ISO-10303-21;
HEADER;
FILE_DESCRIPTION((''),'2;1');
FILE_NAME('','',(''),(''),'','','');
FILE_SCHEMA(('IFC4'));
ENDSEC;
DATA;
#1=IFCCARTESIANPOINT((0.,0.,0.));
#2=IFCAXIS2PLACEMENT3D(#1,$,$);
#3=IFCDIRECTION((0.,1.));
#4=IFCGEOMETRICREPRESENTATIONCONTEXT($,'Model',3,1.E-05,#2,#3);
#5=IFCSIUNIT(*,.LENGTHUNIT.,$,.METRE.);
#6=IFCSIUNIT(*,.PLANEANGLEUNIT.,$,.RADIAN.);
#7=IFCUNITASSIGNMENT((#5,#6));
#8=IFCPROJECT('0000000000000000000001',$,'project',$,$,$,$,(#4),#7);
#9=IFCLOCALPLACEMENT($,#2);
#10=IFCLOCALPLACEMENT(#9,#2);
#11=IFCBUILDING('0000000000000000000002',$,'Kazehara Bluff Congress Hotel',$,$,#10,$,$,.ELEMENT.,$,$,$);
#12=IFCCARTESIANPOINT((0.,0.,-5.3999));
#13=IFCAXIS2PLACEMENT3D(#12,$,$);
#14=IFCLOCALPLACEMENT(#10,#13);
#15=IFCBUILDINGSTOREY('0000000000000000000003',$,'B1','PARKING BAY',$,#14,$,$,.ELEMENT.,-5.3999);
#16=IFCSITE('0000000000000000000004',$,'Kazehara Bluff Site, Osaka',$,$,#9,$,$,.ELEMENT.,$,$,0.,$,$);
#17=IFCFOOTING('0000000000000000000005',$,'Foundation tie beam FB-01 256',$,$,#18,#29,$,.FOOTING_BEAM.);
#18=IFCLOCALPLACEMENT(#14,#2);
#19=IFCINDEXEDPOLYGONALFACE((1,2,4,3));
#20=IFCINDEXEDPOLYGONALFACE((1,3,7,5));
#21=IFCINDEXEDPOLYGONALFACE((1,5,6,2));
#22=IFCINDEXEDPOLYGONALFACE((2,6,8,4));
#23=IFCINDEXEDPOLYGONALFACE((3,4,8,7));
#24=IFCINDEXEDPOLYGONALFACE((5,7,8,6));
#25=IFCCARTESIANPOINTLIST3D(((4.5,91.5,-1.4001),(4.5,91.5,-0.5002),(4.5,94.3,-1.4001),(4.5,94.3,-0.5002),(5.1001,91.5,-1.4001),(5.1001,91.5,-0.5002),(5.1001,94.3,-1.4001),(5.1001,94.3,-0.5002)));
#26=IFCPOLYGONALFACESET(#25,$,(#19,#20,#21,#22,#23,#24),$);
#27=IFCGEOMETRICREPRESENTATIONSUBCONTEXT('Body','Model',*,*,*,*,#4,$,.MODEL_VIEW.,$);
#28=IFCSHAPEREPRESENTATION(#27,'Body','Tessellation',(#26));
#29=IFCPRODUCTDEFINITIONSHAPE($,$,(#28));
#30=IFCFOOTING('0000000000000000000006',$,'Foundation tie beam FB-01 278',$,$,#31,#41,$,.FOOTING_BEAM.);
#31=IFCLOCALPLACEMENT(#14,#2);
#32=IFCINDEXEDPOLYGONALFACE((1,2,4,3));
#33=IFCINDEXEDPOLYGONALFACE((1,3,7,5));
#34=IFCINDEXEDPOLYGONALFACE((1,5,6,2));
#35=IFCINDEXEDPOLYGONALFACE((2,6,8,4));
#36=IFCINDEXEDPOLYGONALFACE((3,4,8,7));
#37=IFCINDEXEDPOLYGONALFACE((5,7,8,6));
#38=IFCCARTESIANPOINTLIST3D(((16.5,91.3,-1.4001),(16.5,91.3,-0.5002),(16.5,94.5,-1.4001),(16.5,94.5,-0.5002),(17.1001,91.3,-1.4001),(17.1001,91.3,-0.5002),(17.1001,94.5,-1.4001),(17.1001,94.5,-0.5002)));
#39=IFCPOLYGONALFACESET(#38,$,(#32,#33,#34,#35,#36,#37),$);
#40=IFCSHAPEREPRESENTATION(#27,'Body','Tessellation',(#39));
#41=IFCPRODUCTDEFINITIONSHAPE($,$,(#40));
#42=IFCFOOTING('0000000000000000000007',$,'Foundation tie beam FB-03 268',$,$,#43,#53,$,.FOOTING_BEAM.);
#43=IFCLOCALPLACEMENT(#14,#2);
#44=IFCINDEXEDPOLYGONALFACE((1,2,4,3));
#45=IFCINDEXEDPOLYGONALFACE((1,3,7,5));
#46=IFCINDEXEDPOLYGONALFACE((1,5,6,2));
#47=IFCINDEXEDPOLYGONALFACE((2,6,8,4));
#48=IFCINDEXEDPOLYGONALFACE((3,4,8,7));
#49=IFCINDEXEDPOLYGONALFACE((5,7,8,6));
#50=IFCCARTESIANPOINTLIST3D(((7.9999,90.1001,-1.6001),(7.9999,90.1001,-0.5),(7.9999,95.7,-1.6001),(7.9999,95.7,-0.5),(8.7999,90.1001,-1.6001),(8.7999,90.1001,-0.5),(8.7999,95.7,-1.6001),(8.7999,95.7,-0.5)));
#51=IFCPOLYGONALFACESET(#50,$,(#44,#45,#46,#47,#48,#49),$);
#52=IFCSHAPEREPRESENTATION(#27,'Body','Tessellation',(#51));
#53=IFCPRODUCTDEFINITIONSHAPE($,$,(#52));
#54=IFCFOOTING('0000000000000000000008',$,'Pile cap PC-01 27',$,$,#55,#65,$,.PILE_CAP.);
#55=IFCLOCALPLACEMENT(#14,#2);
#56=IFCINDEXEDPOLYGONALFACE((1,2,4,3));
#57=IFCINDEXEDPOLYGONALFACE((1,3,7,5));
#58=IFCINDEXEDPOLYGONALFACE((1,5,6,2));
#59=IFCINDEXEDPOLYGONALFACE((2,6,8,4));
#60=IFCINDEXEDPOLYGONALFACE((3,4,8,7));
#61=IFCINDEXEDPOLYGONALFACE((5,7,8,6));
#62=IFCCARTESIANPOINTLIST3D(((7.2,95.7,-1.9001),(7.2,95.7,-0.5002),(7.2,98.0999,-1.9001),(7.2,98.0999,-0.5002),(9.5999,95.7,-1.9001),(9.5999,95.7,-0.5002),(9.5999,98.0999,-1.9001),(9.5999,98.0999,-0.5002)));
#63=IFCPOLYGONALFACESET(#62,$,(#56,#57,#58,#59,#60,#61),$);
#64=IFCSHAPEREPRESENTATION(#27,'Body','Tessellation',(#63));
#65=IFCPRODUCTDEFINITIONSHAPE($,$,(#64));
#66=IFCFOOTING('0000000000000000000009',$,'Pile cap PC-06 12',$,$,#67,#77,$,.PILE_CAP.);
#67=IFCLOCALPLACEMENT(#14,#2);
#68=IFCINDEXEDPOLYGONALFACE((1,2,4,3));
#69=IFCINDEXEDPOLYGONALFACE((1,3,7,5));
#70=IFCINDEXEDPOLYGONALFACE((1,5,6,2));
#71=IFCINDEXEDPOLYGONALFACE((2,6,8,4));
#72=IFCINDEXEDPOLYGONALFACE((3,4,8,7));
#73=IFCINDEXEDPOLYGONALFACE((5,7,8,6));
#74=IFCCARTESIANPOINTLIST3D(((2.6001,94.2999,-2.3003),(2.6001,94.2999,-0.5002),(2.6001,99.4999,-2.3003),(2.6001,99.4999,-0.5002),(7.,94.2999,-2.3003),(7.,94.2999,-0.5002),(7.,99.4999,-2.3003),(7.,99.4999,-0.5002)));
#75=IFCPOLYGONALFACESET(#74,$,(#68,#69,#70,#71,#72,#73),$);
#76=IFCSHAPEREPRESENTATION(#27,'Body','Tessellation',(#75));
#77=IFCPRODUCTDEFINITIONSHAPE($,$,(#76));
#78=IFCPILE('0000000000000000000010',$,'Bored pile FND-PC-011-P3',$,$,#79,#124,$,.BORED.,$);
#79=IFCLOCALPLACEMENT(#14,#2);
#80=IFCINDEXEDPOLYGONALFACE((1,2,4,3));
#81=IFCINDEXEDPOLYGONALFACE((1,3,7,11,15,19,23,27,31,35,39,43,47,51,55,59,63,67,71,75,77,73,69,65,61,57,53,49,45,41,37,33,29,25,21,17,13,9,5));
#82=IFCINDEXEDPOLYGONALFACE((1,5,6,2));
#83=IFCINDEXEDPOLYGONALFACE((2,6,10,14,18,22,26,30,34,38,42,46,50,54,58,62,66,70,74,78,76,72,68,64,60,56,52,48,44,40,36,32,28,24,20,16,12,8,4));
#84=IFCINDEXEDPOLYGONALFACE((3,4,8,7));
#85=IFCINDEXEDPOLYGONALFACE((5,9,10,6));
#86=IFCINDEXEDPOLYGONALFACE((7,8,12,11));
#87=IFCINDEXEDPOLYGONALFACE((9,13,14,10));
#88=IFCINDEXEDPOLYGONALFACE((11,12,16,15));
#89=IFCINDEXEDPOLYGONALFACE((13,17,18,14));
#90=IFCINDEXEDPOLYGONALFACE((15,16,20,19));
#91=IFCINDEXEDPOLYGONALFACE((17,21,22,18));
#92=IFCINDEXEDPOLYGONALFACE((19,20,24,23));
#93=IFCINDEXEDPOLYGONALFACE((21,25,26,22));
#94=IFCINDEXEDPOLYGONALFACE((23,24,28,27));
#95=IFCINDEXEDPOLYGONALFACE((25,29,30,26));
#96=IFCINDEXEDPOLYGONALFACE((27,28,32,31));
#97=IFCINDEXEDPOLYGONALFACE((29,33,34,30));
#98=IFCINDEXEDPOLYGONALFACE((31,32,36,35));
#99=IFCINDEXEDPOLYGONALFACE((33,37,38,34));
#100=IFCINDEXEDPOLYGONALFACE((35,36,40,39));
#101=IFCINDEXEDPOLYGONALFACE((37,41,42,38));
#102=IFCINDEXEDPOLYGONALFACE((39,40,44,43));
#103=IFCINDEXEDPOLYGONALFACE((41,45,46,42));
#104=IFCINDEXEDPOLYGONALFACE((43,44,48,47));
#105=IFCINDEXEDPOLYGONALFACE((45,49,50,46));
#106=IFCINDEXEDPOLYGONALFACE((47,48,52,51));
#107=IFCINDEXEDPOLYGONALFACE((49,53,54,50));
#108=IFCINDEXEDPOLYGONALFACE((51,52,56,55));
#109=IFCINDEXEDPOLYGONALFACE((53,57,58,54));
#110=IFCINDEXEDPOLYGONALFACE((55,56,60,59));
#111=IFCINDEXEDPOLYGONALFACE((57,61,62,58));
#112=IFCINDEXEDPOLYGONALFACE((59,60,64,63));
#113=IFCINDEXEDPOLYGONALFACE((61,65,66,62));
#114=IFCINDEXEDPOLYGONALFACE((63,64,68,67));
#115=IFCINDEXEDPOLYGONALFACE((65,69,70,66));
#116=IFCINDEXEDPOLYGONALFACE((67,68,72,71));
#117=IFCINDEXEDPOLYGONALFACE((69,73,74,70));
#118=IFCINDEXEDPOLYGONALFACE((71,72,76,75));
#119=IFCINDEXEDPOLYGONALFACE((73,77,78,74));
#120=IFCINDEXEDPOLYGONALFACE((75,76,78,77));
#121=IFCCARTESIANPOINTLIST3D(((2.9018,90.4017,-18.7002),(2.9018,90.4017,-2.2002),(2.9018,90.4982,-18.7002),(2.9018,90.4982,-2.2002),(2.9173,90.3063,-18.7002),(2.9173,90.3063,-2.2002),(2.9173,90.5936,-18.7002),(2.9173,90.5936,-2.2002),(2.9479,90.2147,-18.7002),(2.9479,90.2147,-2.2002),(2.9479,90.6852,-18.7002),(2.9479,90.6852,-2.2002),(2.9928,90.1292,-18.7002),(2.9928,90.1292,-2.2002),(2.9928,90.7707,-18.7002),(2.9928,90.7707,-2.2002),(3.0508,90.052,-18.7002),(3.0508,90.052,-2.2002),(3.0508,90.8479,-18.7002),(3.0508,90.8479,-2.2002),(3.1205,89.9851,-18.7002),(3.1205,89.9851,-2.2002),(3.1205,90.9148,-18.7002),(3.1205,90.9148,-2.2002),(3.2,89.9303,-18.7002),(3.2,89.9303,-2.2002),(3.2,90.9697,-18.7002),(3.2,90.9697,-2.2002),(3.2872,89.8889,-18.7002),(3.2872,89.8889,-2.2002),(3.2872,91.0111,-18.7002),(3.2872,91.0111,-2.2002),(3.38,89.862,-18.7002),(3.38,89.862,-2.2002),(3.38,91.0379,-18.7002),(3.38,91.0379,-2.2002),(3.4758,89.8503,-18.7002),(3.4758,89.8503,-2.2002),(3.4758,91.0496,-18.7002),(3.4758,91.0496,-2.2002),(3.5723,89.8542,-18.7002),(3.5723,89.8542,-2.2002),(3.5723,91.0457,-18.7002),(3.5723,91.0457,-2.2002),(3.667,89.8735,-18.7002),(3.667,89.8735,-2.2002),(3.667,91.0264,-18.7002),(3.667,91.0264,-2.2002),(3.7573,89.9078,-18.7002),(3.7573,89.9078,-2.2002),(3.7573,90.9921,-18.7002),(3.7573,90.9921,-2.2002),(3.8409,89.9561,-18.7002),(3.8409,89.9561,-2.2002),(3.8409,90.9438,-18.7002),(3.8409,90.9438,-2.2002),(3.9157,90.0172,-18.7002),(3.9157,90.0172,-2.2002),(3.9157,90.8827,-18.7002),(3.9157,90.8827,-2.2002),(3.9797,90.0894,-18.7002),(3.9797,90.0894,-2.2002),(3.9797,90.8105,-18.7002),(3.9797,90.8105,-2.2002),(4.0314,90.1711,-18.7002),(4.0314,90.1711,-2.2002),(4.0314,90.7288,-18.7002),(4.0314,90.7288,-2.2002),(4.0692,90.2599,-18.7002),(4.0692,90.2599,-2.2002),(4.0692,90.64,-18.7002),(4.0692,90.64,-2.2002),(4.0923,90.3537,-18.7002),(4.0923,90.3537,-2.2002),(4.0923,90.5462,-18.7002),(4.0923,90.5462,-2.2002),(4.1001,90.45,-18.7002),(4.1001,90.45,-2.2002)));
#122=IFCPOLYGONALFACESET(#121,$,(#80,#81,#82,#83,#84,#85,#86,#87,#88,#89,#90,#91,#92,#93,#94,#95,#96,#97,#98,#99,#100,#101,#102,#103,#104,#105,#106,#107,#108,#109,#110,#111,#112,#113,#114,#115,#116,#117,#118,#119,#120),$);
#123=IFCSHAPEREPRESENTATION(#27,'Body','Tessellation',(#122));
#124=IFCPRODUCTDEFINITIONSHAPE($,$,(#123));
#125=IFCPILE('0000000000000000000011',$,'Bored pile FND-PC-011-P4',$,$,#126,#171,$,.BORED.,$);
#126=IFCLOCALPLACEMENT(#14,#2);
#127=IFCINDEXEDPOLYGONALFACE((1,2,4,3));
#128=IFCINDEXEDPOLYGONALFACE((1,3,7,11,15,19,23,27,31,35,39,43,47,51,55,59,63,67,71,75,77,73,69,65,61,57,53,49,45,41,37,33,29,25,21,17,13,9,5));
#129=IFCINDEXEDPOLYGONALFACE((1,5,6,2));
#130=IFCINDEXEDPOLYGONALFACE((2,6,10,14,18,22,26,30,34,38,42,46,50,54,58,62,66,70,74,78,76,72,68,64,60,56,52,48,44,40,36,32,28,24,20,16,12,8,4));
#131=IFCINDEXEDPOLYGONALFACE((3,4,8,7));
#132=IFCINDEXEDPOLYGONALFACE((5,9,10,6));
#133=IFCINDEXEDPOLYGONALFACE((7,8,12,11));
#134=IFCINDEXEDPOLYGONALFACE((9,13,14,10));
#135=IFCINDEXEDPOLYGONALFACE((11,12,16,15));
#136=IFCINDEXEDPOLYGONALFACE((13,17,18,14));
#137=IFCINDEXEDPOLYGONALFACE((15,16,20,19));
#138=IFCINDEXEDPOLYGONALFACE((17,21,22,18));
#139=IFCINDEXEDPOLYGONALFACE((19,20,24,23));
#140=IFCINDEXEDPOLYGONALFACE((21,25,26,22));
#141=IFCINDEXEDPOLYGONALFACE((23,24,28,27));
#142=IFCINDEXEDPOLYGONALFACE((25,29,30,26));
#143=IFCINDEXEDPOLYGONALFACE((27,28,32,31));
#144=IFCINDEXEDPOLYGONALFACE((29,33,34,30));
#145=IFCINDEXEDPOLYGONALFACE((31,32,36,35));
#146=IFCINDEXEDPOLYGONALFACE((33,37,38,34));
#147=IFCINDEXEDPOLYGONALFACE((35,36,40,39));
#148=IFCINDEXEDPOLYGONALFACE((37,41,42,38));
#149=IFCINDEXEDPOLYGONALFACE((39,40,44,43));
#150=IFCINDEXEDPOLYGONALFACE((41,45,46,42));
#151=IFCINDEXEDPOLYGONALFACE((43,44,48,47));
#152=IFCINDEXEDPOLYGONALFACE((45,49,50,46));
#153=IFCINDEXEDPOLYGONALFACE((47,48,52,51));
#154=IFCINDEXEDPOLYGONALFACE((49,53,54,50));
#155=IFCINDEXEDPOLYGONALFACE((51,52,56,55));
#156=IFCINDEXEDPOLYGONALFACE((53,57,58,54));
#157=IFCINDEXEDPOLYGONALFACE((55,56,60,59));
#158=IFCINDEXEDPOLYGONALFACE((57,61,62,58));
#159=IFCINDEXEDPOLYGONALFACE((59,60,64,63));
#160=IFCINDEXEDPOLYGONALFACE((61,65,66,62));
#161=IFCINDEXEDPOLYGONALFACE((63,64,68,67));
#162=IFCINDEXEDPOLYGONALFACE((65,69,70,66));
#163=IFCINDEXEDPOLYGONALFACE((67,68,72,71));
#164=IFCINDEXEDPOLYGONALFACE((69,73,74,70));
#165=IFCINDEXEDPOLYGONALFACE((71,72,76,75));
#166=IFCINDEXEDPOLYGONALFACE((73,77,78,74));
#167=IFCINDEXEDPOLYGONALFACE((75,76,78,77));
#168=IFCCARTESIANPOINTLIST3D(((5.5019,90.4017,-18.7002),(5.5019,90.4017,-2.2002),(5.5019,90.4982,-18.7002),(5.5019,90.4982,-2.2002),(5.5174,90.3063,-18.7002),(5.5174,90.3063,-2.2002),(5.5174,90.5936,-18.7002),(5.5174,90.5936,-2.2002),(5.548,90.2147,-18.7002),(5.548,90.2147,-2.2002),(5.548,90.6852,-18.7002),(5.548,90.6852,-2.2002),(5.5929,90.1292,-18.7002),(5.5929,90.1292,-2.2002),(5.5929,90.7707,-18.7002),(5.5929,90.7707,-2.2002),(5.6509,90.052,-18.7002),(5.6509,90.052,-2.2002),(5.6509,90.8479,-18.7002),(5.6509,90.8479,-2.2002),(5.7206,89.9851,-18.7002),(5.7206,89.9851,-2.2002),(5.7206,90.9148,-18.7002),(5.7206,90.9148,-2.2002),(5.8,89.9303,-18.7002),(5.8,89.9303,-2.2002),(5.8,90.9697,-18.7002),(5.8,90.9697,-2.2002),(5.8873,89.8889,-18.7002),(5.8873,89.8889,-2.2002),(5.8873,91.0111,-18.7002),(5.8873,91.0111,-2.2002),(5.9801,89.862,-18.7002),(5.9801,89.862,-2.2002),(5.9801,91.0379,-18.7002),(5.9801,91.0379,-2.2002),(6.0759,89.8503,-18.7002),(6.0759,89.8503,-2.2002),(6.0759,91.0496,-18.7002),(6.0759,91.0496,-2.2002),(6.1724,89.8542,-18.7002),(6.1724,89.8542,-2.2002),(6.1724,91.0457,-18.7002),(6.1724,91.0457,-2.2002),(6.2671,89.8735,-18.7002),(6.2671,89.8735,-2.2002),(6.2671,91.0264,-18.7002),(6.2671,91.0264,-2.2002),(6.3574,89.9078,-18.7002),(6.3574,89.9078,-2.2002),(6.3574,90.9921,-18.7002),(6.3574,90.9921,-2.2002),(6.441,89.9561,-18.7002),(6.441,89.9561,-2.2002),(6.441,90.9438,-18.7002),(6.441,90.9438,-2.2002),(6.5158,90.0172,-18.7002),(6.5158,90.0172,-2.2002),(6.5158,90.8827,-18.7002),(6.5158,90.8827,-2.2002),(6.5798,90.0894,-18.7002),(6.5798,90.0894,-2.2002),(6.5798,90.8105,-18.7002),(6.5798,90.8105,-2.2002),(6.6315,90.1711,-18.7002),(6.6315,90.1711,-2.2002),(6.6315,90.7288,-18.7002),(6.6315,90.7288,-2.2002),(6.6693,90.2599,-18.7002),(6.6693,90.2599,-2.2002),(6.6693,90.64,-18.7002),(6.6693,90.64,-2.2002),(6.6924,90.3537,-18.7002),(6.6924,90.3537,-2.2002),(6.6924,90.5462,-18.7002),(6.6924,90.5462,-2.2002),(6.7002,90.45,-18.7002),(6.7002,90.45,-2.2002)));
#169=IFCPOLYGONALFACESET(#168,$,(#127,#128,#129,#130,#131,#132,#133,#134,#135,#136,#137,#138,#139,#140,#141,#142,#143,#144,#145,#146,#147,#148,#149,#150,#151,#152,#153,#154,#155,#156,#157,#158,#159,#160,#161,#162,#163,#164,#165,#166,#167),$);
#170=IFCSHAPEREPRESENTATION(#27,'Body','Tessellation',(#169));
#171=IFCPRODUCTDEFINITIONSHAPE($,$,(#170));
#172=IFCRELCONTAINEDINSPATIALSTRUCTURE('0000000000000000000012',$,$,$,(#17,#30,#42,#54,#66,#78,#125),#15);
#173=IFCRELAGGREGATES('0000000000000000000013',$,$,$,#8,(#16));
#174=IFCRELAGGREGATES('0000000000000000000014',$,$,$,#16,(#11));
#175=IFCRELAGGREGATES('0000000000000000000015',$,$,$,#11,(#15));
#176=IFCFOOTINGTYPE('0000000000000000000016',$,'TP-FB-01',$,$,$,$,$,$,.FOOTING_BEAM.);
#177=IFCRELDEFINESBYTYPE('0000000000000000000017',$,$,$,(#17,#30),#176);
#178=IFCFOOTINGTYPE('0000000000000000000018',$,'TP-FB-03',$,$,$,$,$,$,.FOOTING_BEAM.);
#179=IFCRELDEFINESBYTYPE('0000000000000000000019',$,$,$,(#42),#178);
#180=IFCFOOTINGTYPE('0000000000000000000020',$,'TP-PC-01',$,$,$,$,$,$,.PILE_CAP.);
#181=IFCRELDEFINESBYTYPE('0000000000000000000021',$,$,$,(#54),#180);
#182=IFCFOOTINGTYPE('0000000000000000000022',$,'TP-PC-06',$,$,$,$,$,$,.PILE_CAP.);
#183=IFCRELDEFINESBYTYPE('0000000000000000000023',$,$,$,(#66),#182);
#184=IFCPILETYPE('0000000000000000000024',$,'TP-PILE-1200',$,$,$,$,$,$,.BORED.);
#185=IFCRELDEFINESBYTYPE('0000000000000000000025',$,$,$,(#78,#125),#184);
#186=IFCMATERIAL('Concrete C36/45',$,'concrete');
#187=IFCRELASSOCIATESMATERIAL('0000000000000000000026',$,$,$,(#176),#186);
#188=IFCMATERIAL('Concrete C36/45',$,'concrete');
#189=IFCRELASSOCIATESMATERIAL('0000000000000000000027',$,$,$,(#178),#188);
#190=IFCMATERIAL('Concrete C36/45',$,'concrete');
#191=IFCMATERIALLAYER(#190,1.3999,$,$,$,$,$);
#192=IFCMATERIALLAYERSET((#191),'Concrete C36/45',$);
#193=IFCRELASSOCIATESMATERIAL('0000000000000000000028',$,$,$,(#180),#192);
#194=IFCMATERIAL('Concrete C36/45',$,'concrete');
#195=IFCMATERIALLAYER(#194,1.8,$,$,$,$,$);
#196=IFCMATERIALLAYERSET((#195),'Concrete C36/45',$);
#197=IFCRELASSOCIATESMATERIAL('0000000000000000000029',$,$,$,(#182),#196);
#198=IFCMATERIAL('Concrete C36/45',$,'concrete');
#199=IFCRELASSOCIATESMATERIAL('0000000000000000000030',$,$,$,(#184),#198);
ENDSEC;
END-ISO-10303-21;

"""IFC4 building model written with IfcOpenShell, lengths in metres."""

from ifc_helpers import new_model, si_unit, direction, frame, origin, origin_2d, place, context, subcontext, project, spatial, rectangle, circle, extrude, material, layer, layer_set, material_profile, profile_set, type_object, element, save


model = new_model("IFC4")

# Units and contexts
model_context = context("Model", 3, precision=1e-05, world=origin(), true_north=direction((0.0, 1.0)))
body_context = subcontext(model_context, "Body", "Model", "MODEL_VIEW")
ifc_project = project(units=[si_unit("LENGTHUNIT", "METRE"), si_unit("PLANEANGLEUNIT", "RADIAN")], contexts=[model_context])

# Site, building, storey
site_placement = place(None, origin())
site = spatial("IfcSite", under=ifc_project, at=site_placement, Name="Kazehara Bluff Site, Osaka", CompositionType="ELEMENT", RefElevation=0.0)
building_placement = place(site_placement, origin())
building = spatial("IfcBuilding", under=site, at=building_placement, Name="Kazehara Bluff Congress Hotel", CompositionType="ELEMENT")
storey_placement = place(building_placement, frame((0.0, 0.0, -5.3999)))
storey = spatial("IfcBuildingStorey", under=building, at=storey_placement, Name="B1", Description="PARKING BAY", CompositionType="ELEMENT", Elevation=-5.3999)

# Footings
ifc_material_1 = material(Name="Concrete C36/45", Category="concrete")
ifc_material_profile_1 = material_profile(ifc_material_1, rectangle(XDim=0.6001, YDim=0.8999, at=origin_2d()))
ifc_profile_set_1 = profile_set([ifc_material_profile_1], Name="Concrete C36/45")
footing_type_1 = type_object("IfcFootingType", Name="TP-FB-01", PredefinedType="FOOTING_BEAM", material=ifc_profile_set_1)
footing_1_placement = place(storey_placement, frame((4.8, 91.5, -0.9502), z_axis=(0.0, 1.0, 0.0), x_axis=(-1.0, 0.0, 0.0)))
element("IfcFooting", 1, at=footing_1_placement, inside=storey, type_object=footing_type_1, Name="Foundation tie beam FB-01 256", PredefinedType="FOOTING_BEAM", context=body_context, shape_type="SweptSolid", body=[
    extrude(rectangle(XDim=0.6001, YDim=0.8999, at=origin_2d()), origin(), (0.0, 0.0, 1.0), 2.8),
])
footing_2_placement = place(storey_placement, frame((16.8, 91.3, -0.9502), z_axis=(0.0, 1.0, 0.0), x_axis=(-1.0, 0.0, 0.0)))
element("IfcFooting", 2, at=footing_2_placement, inside=storey, type_object=footing_type_1, Name="Foundation tie beam FB-01 278", PredefinedType="FOOTING_BEAM", context=body_context, shape_type="SweptSolid", body=[
    extrude(rectangle(XDim=0.6001, YDim=0.8999, at=origin_2d()), origin(), (0.0, 0.0, 1.0), 3.2),
])
ifc_material_2 = material(Name="Concrete C36/45", Category="concrete")
ifc_material_profile_2 = material_profile(ifc_material_2, rectangle(XDim=0.8, YDim=1.1001, at=origin_2d()))
ifc_profile_set_2 = profile_set([ifc_material_profile_2], Name="Concrete C36/45")
footing_type_2 = type_object("IfcFootingType", Name="TP-FB-03", PredefinedType="FOOTING_BEAM", material=ifc_profile_set_2)
footing_3_placement = place(storey_placement, frame((8.3999, 90.1001, -1.05), z_axis=(0.0, 1.0, 0.0), x_axis=(-1.0, 0.0, 0.0)))
element("IfcFooting", 3, at=footing_3_placement, inside=storey, type_object=footing_type_2, Name="Foundation tie beam FB-03 268", PredefinedType="FOOTING_BEAM", context=body_context, shape_type="SweptSolid", body=[
    extrude(rectangle(XDim=0.8, YDim=1.1001, at=origin_2d()), origin(), (0.0, 0.0, 1.0), 5.5999),
])
ifc_material_3 = material(Name="Concrete C36/45", Category="concrete")
ifc_layer_1 = layer(ifc_material_3, 1.3999)
ifc_layer_set_1 = layer_set([ifc_layer_1], Name="Concrete C36/45")
footing_type_3 = type_object("IfcFootingType", Name="TP-PC-01", PredefinedType="PILE_CAP", material=ifc_layer_set_1)
footing_4_placement = place(storey_placement, frame((8.3999, 96.8999, -1.9001), z_axis=(0.0, 0.0, 1.0), x_axis=(1.0, 0.0, 0.0)))
element("IfcFooting", 4, at=footing_4_placement, inside=storey, type_object=footing_type_3, Name="Pile cap PC-01 27", PredefinedType="PILE_CAP", context=body_context, shape_type="SweptSolid", body=[
    extrude(rectangle(XDim=2.3999, YDim=2.3999, at=origin_2d()), origin(), (0.0, 0.0, 1.0), 1.3999),
])
ifc_material_4 = material(Name="Concrete C36/45", Category="concrete")
ifc_layer_2 = layer(ifc_material_4, 1.8)
ifc_layer_set_2 = layer_set([ifc_layer_2], Name="Concrete C36/45")
footing_type_4 = type_object("IfcFootingType", Name="TP-PC-06", PredefinedType="PILE_CAP", material=ifc_layer_set_2)
footing_5_placement = place(storey_placement, frame((4.8, 96.8999, -2.3003), z_axis=(0.0, 0.0, 1.0), x_axis=(1.0, 0.0, 0.0)))
element("IfcFooting", 5, at=footing_5_placement, inside=storey, type_object=footing_type_4, Name="Pile cap PC-06 12", PredefinedType="PILE_CAP", context=body_context, shape_type="SweptSolid", body=[
    extrude(rectangle(XDim=4.3999, YDim=5.2, at=origin_2d()), origin(), (0.0, 0.0, 1.0), 1.8),
])

# Piles
ifc_material_5 = material(Name="Concrete C36/45", Category="concrete")
ifc_material_profile_3 = material_profile(ifc_material_5, circle(Radius=0.6001, at=origin_2d()))
ifc_profile_set_3 = profile_set([ifc_material_profile_3], Name="Concrete C36/45")
pile_type = type_object("IfcPileType", Name="TP-PILE-1200", PredefinedType="BORED", material=ifc_profile_set_3)
for number, where, z_axis, x_axis, name in (
    (6, (3.5, 90.45, -2.2002), (0.0, 0.0, -1.0), (1.0, 0.0, 0.0), "Bored pile FND-PC-011-P3"),
    (7, (6.1001, 90.45, -2.2002), (0.0, 0.0, -1.0), (1.0, 0.0, 0.0), "Bored pile FND-PC-011-P4"),
):
    element("IfcPile", number, at=place(storey_placement, frame(where, z_axis=z_axis, x_axis=x_axis)), inside=storey, type_object=pile_type, Name=name, PredefinedType="BORED", context=body_context, shape_type="SweptSolid", body=[
        extrude(circle(Radius=0.6001, at=origin_2d()), origin(), (0.0, 0.0, 1.0), 16.5),
    ])

save(model, "model.ifc")
